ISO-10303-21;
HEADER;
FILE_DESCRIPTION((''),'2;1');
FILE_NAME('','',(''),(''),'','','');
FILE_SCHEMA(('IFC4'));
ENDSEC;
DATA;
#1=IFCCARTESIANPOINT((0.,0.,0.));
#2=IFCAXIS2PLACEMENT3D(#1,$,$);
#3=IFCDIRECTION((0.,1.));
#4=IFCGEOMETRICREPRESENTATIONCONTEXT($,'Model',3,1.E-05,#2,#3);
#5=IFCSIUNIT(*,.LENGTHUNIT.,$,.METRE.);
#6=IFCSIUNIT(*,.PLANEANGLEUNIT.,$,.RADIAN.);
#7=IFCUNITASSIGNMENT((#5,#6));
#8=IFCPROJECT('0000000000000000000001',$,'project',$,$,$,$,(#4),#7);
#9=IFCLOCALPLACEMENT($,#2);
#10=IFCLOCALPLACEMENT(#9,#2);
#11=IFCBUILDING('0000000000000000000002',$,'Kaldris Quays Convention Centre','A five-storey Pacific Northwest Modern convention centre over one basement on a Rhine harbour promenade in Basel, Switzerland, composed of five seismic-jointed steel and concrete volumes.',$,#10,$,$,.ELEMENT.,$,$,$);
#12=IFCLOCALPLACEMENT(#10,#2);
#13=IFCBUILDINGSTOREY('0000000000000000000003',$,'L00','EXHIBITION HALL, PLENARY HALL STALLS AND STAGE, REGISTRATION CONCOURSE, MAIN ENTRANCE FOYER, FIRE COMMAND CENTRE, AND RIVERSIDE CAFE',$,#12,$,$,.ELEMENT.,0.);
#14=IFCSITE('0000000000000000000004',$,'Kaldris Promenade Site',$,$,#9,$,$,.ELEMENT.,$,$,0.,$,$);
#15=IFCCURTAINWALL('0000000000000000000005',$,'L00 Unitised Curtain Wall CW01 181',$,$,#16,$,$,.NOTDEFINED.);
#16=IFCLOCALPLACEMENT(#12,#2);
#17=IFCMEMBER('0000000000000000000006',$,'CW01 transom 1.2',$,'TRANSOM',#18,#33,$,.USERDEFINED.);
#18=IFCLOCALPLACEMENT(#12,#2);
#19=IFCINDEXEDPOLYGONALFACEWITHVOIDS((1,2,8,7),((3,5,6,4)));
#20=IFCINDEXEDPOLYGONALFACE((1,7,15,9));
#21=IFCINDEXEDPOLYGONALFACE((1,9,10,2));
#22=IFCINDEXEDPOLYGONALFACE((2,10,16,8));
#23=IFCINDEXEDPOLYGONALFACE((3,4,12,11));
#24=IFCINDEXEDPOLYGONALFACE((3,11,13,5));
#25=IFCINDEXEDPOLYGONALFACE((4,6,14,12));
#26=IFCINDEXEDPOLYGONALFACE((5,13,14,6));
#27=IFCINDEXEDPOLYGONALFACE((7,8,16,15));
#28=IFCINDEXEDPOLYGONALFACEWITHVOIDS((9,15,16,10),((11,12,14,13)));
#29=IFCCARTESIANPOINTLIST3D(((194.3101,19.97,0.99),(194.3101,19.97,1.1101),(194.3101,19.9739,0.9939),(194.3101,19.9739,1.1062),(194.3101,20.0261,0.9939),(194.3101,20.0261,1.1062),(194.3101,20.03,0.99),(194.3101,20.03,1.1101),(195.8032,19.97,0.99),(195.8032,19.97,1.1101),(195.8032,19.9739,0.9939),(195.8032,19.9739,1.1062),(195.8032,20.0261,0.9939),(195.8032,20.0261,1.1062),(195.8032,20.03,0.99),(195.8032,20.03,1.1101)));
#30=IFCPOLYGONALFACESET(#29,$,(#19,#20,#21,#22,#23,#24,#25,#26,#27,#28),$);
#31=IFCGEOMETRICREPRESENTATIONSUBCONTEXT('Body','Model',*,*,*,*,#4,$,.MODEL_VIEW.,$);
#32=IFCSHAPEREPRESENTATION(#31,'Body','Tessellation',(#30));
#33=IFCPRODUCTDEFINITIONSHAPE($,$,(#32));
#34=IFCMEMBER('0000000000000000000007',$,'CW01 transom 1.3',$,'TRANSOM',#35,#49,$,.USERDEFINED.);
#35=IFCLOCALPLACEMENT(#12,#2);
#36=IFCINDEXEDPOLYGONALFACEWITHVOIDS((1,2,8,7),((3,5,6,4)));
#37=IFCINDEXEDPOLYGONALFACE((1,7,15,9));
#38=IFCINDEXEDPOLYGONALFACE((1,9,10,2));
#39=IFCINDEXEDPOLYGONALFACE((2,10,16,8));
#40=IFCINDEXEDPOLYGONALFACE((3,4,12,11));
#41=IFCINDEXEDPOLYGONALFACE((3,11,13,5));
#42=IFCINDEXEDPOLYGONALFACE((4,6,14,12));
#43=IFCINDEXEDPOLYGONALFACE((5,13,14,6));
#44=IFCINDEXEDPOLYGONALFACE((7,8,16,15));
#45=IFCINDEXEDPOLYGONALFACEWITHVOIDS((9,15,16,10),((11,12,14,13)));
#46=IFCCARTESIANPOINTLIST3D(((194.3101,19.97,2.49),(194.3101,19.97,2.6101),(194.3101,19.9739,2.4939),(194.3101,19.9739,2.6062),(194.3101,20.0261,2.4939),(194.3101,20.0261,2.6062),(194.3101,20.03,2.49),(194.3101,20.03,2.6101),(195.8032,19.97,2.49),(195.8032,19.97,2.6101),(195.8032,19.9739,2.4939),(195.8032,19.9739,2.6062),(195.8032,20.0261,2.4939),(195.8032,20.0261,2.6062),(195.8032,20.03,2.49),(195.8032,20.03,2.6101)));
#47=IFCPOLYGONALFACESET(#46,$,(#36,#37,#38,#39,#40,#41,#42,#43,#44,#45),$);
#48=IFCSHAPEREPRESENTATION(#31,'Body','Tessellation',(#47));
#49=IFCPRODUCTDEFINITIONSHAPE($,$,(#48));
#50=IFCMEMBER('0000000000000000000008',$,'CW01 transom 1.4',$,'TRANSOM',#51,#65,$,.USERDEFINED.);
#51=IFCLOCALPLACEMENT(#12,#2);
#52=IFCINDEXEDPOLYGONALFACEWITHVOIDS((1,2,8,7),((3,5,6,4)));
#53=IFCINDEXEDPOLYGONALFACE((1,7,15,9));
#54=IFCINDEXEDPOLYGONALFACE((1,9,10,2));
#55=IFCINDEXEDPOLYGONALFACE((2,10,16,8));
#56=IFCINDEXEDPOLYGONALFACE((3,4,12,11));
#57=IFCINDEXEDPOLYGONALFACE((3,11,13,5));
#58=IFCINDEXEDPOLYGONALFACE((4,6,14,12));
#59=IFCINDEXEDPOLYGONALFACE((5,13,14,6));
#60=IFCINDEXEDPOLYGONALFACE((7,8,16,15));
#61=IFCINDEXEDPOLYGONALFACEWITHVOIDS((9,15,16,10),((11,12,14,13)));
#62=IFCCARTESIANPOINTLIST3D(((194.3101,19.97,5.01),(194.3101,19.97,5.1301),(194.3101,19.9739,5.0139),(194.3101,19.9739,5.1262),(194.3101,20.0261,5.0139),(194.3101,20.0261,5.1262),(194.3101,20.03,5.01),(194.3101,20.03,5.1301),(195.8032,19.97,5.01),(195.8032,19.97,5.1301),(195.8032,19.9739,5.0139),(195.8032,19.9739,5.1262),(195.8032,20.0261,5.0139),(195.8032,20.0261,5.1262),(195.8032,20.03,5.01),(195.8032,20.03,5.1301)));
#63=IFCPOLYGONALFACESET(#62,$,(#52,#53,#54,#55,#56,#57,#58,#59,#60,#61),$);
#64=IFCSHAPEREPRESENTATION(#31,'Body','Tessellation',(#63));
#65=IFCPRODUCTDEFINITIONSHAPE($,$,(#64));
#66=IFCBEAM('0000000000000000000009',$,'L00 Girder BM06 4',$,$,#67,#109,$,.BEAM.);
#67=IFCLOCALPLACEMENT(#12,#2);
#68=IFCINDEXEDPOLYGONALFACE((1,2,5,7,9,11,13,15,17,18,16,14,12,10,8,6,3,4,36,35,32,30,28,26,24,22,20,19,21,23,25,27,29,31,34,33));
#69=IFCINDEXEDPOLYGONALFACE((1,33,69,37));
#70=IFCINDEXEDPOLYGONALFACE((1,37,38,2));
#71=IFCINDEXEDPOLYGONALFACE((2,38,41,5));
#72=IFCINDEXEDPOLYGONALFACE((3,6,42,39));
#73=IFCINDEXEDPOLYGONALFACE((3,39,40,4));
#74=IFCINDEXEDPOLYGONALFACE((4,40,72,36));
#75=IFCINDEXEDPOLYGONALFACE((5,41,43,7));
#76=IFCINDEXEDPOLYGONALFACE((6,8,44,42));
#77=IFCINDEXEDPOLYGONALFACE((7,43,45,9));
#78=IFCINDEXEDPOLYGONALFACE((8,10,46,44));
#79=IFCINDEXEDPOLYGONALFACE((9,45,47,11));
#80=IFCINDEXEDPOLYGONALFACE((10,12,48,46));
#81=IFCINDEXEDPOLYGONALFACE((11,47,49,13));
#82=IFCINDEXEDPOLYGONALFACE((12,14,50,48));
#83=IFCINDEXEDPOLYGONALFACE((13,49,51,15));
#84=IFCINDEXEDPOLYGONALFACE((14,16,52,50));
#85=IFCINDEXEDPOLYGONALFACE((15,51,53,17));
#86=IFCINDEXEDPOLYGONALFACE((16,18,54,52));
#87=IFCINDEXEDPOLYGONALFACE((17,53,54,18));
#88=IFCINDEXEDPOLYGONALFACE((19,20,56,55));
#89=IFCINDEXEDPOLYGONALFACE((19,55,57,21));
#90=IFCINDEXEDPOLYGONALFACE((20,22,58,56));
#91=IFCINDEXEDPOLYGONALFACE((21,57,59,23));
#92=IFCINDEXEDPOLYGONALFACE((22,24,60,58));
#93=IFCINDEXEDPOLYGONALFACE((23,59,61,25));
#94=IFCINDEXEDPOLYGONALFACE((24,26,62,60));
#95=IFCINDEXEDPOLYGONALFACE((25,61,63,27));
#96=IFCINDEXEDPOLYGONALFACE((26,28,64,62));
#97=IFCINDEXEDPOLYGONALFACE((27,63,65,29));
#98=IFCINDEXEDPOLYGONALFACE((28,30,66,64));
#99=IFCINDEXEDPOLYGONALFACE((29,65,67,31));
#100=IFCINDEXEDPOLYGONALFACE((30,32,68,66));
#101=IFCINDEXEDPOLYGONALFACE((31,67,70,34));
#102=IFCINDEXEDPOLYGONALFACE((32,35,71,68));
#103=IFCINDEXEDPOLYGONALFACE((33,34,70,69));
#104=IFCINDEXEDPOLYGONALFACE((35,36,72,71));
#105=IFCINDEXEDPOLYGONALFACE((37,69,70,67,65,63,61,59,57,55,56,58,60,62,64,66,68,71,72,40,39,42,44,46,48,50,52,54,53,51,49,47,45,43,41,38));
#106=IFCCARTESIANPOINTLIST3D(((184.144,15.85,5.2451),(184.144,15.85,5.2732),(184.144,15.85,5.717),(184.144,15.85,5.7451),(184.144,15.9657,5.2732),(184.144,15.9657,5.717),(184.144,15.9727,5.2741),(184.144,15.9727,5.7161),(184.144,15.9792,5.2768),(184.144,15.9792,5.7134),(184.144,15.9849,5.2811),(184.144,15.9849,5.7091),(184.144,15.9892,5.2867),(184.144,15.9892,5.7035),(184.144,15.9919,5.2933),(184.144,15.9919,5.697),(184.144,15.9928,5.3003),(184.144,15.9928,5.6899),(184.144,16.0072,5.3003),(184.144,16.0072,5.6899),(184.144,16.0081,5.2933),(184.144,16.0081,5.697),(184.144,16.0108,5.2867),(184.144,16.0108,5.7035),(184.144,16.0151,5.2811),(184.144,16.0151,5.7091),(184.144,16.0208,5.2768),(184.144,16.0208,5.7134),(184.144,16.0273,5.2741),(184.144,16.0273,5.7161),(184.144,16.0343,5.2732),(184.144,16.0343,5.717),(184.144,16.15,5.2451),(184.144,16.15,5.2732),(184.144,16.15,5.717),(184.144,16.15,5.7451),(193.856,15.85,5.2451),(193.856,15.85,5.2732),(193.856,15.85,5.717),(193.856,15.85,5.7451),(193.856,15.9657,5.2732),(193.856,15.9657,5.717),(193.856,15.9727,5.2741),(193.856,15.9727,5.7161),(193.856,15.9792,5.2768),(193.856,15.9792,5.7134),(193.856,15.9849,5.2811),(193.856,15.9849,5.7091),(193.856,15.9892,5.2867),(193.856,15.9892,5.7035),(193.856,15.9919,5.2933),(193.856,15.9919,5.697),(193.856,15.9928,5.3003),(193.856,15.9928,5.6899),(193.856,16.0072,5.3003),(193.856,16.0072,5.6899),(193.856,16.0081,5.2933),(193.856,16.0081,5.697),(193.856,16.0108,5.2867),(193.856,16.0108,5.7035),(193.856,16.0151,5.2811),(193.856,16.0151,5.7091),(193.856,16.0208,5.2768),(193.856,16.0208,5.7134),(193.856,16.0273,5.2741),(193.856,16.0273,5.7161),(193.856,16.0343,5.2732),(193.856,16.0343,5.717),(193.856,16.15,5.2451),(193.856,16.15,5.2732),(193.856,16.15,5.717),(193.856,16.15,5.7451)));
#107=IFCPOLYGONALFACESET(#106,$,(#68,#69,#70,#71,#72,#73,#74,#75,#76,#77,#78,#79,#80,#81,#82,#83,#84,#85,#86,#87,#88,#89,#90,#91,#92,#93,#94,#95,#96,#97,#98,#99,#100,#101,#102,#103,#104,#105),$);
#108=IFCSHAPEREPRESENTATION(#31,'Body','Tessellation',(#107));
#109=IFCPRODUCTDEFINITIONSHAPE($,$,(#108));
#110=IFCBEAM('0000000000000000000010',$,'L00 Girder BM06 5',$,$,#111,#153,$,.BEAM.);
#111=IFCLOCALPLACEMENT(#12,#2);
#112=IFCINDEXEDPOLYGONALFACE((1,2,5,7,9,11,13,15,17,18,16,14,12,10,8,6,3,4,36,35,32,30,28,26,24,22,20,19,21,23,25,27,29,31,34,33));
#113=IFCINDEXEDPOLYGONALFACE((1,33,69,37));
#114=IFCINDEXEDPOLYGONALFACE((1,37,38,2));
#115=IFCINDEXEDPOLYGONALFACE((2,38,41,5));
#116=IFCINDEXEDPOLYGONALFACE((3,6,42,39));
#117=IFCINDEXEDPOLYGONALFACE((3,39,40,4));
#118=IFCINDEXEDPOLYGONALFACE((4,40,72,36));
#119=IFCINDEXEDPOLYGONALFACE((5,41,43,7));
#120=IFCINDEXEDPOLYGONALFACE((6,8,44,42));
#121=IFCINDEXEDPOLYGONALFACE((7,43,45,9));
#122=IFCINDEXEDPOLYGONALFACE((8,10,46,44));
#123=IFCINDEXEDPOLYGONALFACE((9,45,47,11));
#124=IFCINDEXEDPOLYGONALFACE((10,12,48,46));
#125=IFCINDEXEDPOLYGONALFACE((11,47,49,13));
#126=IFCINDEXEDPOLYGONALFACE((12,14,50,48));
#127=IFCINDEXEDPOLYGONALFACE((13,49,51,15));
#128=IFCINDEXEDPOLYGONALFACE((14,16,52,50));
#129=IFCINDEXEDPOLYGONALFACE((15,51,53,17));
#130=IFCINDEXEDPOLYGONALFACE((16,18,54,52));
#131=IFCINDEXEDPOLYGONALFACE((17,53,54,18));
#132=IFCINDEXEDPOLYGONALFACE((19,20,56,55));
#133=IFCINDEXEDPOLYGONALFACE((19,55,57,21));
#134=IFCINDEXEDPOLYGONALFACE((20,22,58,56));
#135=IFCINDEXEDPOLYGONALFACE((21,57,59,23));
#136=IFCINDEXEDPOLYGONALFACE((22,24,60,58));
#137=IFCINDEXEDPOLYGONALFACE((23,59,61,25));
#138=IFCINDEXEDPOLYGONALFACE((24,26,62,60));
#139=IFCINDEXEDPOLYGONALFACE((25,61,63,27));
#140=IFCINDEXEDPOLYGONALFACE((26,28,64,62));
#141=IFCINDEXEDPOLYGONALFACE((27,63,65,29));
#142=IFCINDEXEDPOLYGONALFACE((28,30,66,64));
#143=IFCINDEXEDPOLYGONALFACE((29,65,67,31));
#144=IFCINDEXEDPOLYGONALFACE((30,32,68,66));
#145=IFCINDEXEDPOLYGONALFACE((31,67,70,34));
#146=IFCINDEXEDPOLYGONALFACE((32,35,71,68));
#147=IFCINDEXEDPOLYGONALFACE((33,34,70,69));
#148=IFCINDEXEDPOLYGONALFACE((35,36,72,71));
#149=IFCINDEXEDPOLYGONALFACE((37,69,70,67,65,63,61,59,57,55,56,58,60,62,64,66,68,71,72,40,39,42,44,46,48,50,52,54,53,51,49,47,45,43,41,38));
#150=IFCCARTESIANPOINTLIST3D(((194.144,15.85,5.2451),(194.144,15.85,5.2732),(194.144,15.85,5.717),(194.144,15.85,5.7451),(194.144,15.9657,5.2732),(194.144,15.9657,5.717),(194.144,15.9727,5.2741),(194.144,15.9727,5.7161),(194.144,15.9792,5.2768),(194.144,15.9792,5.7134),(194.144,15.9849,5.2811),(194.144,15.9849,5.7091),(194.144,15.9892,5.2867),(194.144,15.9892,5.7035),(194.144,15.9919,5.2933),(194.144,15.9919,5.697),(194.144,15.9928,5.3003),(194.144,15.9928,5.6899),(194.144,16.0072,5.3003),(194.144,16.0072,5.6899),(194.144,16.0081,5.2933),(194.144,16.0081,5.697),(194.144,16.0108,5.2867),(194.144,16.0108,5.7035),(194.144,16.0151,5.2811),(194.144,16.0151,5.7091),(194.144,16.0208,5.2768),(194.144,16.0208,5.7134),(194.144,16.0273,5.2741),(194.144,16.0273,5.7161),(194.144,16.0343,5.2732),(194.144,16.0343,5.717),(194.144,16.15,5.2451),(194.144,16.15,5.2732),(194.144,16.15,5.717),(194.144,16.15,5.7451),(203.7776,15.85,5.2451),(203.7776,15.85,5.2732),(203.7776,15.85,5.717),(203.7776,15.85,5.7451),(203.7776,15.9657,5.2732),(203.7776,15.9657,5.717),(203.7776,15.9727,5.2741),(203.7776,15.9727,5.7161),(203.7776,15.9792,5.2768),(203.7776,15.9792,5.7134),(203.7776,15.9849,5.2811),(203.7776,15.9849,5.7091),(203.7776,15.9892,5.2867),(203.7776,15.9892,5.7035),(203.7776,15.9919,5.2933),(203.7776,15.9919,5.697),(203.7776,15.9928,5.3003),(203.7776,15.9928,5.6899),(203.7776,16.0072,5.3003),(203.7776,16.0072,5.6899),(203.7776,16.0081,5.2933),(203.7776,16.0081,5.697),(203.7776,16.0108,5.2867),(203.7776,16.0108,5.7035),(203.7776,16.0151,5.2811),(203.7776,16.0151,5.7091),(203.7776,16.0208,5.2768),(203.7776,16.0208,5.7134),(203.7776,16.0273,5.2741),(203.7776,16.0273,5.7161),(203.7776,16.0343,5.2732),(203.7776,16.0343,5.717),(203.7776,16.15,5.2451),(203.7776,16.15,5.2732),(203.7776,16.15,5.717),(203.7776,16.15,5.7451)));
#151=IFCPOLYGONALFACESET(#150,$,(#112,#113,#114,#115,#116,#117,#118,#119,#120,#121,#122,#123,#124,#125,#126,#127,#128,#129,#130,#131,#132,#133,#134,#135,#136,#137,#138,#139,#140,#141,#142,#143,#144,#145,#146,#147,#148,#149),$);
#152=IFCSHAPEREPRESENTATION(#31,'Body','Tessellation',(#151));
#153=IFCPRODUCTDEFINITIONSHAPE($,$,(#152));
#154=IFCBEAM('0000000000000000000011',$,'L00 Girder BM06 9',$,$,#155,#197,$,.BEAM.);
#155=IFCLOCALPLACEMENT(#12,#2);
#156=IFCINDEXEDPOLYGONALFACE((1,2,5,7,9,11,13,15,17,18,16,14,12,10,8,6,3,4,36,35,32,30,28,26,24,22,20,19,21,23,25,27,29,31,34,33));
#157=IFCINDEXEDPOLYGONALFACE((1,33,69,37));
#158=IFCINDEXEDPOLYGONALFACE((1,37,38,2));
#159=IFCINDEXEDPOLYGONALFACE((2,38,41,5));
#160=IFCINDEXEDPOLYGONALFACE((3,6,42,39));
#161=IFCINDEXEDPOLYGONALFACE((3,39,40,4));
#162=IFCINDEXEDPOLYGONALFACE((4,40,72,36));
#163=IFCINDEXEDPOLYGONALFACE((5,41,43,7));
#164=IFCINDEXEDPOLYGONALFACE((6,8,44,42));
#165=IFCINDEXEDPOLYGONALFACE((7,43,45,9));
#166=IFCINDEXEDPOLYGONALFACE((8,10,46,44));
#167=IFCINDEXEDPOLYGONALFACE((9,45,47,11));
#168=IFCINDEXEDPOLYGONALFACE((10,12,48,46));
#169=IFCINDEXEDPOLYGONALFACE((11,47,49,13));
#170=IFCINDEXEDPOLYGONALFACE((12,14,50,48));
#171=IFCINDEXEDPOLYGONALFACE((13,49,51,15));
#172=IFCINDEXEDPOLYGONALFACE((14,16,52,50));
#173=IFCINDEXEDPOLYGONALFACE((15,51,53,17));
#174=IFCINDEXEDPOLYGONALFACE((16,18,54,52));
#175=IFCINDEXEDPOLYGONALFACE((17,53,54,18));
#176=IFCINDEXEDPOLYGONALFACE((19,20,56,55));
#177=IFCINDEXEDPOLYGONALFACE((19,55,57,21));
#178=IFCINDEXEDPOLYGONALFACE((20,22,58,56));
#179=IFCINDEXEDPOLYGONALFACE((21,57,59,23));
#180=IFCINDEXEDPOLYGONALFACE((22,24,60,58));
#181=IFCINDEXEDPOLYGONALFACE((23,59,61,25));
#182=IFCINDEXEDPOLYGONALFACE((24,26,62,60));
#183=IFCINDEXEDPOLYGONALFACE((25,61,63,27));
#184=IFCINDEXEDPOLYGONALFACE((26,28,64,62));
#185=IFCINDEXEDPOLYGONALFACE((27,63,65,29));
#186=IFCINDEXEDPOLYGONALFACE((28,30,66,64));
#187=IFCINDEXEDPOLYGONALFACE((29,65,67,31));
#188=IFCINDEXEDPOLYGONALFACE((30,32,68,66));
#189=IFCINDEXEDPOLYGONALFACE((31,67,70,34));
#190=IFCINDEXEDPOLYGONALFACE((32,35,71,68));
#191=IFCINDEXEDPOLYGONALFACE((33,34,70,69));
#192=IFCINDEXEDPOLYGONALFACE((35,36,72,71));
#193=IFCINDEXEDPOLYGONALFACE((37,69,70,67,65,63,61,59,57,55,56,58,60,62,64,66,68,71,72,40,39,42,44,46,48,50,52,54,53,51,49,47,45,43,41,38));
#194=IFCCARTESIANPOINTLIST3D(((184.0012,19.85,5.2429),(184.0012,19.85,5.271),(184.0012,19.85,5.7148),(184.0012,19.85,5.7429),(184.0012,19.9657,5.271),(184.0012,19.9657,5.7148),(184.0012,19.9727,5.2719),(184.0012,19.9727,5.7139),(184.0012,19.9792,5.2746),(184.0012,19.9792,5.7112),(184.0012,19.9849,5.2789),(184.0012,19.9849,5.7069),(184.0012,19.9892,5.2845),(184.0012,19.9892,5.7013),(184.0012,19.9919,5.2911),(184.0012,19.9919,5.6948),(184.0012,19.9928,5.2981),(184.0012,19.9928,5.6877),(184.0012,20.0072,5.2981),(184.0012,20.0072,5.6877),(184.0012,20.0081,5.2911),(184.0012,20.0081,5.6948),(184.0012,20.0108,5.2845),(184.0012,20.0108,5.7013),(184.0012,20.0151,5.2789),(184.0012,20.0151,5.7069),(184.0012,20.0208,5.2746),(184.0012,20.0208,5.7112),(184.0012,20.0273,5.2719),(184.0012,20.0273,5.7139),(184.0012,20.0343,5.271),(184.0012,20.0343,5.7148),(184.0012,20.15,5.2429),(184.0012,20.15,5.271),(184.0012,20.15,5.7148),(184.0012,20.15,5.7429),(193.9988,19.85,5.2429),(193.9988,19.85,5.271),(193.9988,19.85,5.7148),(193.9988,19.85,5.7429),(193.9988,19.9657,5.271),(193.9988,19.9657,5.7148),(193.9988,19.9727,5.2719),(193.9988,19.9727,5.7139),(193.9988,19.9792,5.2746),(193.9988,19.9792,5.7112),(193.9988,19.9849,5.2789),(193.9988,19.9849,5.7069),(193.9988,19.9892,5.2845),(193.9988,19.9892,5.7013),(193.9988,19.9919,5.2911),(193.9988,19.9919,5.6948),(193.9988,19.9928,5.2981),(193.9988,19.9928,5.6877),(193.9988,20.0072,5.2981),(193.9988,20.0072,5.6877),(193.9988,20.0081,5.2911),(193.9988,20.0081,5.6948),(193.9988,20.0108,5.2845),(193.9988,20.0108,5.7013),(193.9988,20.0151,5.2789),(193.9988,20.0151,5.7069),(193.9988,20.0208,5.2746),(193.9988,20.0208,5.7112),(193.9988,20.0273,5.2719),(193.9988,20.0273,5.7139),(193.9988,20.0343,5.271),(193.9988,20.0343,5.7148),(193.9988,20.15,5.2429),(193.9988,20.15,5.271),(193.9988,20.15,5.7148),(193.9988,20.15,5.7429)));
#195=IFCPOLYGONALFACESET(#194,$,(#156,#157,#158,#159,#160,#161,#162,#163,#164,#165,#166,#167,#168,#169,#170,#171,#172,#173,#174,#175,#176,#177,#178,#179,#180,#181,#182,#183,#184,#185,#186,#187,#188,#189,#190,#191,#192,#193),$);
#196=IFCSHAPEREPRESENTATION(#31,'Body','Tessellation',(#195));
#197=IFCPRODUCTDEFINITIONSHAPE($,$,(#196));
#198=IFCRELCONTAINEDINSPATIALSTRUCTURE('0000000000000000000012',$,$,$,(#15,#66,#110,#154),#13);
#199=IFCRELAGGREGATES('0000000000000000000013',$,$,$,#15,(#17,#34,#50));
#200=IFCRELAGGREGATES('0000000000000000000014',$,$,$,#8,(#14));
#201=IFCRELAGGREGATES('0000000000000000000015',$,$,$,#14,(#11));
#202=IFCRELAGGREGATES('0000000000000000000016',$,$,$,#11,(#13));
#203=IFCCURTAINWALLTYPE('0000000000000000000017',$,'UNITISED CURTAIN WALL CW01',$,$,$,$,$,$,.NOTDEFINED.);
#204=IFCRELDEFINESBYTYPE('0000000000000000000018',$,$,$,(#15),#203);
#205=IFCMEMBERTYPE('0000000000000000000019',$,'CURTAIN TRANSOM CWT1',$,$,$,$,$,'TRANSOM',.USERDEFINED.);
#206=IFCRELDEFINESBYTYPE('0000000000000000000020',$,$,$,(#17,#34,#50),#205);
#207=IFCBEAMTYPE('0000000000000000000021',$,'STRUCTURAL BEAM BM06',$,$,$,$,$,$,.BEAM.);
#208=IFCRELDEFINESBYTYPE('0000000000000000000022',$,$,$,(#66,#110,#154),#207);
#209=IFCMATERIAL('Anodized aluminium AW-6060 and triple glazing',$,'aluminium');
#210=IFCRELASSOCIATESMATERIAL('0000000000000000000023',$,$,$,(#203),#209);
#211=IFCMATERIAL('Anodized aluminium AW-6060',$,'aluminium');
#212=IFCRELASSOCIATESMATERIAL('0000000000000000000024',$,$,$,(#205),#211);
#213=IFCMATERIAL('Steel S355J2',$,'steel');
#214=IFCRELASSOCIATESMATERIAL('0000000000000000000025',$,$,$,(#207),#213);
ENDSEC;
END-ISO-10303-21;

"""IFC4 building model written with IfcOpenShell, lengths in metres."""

from ifc_helpers import new_model, si_unit, direction, frame, origin, origin_2d, place, context, subcontext, project, spatial, hollow_rectangle, i_section, extrude, material, material_profile, profile_set, type_object, element, aggregate, save


model = new_model("IFC4")

# Units and contexts
model_context = context("Model", 3, precision=1e-05, world=origin(), true_north=direction((0.0, 1.0)))
body_context = subcontext(model_context, "Body", "Model", "MODEL_VIEW")
ifc_project = project(units=[si_unit("LENGTHUNIT", "METRE"), si_unit("PLANEANGLEUNIT", "RADIAN")], contexts=[model_context])

# Site, building, storey
site_placement = place(None, origin())
site = spatial("IfcSite", under=ifc_project, at=site_placement, Name="Kaldris Promenade Site", CompositionType="ELEMENT", RefElevation=0.0)
building_placement = place(site_placement, origin())
building = spatial("IfcBuilding", under=site, at=building_placement, Name="Kaldris Quays Convention Centre", Description="A five-storey Pacific Northwest Modern convention centre over one basement on a Rhine harbour promenade in Basel, Switzerland, composed of five seismic-jointed steel and concrete volumes.", CompositionType="ELEMENT")
storey_placement = place(building_placement, origin())
storey = spatial("IfcBuildingStorey", under=building, at=storey_placement, Name="L00", Description="EXHIBITION HALL, PLENARY HALL STALLS AND STAGE, REGISTRATION CONCOURSE, MAIN ENTRANCE FOYER, FIRE COMMAND CENTRE, AND RIVERSIDE CAFE", CompositionType="ELEMENT", Elevation=0.0)

# Shared definitions
ifc_material_1 = material(Name="Steel S355J2", Category="steel")

# Curtain wall, members
ifc_material_2 = material(Name="Anodized aluminium AW-6060 and triple glazing", Category="aluminium")
curtain_wall_type = type_object("IfcCurtainWallType", Name="UNITISED CURTAIN WALL CW01", PredefinedType="NOTDEFINED", material=ifc_material_2)
curtain_wall_placement = place(storey_placement, origin())
curtain_wall = element("IfcCurtainWall", 1, at=curtain_wall_placement, inside=storey, type_object=curtain_wall_type, Name="L00 Unitised Curtain Wall CW01 181", PredefinedType="NOTDEFINED")
ifc_material_3 = material(Name="Anodized aluminium AW-6060", Category="aluminium")
ifc_material_profile_1 = material_profile(ifc_material_3, hollow_rectangle(XDim=0.0601, YDim=0.1201, WallThickness=0.0039, at=origin_2d()), Name="RHS 120x60x4")
ifc_profile_set_1 = profile_set([ifc_material_profile_1], Name="Anodized aluminium AW-6060")
member_type_1 = type_object("IfcMemberType", Name="CURTAIN TRANSOM CWT1", ElementType="TRANSOM", PredefinedType="USERDEFINED", material=ifc_profile_set_1)
member_1_placement = place(storey_placement, frame((194.3101, 20.0, 1.05), z_axis=(1.0, 0.0, 0.0), x_axis=(0.0, 1.0, 0.0)))
member_1 = element("IfcMember", 2, at=member_1_placement, type_object=member_type_1, Name="CW01 transom 1.2", ObjectType="TRANSOM", PredefinedType="USERDEFINED", context=body_context, shape_type="SweptSolid", body=[
    extrude(hollow_rectangle(XDim=0.0601, YDim=0.1201, WallThickness=0.0039, at=origin_2d()), origin(), (0.0, 0.0, 1.0), 1.4932),
])
member_2_placement = place(storey_placement, frame((194.3101, 20.0, 2.55), z_axis=(1.0, 0.0, 0.0), x_axis=(0.0, 1.0, 0.0)))
member_2 = element("IfcMember", 3, at=member_2_placement, type_object=member_type_1, Name="CW01 transom 1.3", ObjectType="TRANSOM", PredefinedType="USERDEFINED", context=body_context, shape_type="SweptSolid", body=[
    extrude(hollow_rectangle(XDim=0.0601, YDim=0.1201, WallThickness=0.0039, at=origin_2d()), origin(), (0.0, 0.0, 1.0), 1.4932),
])
member_3_placement = place(storey_placement, frame((194.3101, 20.0, 5.0701), z_axis=(1.0, 0.0, 0.0), x_axis=(0.0, 1.0, 0.0)))
member_3 = element("IfcMember", 4, at=member_3_placement, type_object=member_type_1, Name="CW01 transom 1.4", ObjectType="TRANSOM", PredefinedType="USERDEFINED", context=body_context, shape_type="SweptSolid", body=[
    extrude(hollow_rectangle(XDim=0.0601, YDim=0.1201, WallThickness=0.0039, at=origin_2d()), origin(), (0.0, 0.0, 1.0), 1.4932),
])
aggregate(curtain_wall, [member_1, member_2, member_3])

# Beams
ifc_material_profile_2 = material_profile(ifc_material_1, i_section(OverallWidth=0.3, OverallDepth=0.5, WebThickness=0.0144, FlangeThickness=0.0281, FilletRadius=0.0271, at=origin_2d()), Name="HEB 500")
ifc_profile_set_2 = profile_set([ifc_material_profile_2], Name="Steel S355J2")
beam_type_1 = type_object("IfcBeamType", Name="STRUCTURAL BEAM BM06", PredefinedType="BEAM", material=ifc_profile_set_2)
beam_1_placement = place(storey_placement, frame((184.144, 16.0, 5.4951), z_axis=(1.0, 0.0, 0.0), x_axis=(0.0, 1.0, 0.0)))
element("IfcBeam", 5, at=beam_1_placement, inside=storey, type_object=beam_type_1, Name="L00 Girder BM06 4", PredefinedType="BEAM", context=body_context, shape_type="SweptSolid", body=[
    extrude(i_section(OverallWidth=0.3, OverallDepth=0.5, WebThickness=0.0144, FlangeThickness=0.0281, FilletRadius=0.0271, at=origin_2d()), origin(), (0.0, 0.0, 1.0), 9.7119),
])
beam_2_placement = place(storey_placement, frame((194.144, 16.0, 5.4951), z_axis=(1.0, 0.0, 0.0), x_axis=(0.0, 1.0, 0.0)))
element("IfcBeam", 6, at=beam_2_placement, inside=storey, type_object=beam_type_1, Name="L00 Girder BM06 5", PredefinedType="BEAM", context=body_context, shape_type="SweptSolid", body=[
    extrude(i_section(OverallWidth=0.3, OverallDepth=0.5, WebThickness=0.0144, FlangeThickness=0.0281, FilletRadius=0.0271, at=origin_2d()), origin(), (0.0, 0.0, 1.0), 9.6335),
])
for number, where, z_axis, x_axis, name in (
    (7, (184.0012, 20.0, 5.4929), (1.0, 0.0, 0.0), (0.0, 1.0, 0.0), "L00 Girder BM06 9"),
):
    element("IfcBeam", number, at=place(storey_placement, frame(where, z_axis=z_axis, x_axis=x_axis)), inside=storey, type_object=beam_type_1, Name=name, PredefinedType="BEAM", context=body_context, shape_type="SweptSolid", body=[
        extrude(i_section(OverallWidth=0.3, OverallDepth=0.5, WebThickness=0.0144, FlangeThickness=0.0281, FilletRadius=0.0271, at=origin_2d()), origin(), (0.0, 0.0, 1.0), 9.9976),
    ])

save(model, "model.ifc")
